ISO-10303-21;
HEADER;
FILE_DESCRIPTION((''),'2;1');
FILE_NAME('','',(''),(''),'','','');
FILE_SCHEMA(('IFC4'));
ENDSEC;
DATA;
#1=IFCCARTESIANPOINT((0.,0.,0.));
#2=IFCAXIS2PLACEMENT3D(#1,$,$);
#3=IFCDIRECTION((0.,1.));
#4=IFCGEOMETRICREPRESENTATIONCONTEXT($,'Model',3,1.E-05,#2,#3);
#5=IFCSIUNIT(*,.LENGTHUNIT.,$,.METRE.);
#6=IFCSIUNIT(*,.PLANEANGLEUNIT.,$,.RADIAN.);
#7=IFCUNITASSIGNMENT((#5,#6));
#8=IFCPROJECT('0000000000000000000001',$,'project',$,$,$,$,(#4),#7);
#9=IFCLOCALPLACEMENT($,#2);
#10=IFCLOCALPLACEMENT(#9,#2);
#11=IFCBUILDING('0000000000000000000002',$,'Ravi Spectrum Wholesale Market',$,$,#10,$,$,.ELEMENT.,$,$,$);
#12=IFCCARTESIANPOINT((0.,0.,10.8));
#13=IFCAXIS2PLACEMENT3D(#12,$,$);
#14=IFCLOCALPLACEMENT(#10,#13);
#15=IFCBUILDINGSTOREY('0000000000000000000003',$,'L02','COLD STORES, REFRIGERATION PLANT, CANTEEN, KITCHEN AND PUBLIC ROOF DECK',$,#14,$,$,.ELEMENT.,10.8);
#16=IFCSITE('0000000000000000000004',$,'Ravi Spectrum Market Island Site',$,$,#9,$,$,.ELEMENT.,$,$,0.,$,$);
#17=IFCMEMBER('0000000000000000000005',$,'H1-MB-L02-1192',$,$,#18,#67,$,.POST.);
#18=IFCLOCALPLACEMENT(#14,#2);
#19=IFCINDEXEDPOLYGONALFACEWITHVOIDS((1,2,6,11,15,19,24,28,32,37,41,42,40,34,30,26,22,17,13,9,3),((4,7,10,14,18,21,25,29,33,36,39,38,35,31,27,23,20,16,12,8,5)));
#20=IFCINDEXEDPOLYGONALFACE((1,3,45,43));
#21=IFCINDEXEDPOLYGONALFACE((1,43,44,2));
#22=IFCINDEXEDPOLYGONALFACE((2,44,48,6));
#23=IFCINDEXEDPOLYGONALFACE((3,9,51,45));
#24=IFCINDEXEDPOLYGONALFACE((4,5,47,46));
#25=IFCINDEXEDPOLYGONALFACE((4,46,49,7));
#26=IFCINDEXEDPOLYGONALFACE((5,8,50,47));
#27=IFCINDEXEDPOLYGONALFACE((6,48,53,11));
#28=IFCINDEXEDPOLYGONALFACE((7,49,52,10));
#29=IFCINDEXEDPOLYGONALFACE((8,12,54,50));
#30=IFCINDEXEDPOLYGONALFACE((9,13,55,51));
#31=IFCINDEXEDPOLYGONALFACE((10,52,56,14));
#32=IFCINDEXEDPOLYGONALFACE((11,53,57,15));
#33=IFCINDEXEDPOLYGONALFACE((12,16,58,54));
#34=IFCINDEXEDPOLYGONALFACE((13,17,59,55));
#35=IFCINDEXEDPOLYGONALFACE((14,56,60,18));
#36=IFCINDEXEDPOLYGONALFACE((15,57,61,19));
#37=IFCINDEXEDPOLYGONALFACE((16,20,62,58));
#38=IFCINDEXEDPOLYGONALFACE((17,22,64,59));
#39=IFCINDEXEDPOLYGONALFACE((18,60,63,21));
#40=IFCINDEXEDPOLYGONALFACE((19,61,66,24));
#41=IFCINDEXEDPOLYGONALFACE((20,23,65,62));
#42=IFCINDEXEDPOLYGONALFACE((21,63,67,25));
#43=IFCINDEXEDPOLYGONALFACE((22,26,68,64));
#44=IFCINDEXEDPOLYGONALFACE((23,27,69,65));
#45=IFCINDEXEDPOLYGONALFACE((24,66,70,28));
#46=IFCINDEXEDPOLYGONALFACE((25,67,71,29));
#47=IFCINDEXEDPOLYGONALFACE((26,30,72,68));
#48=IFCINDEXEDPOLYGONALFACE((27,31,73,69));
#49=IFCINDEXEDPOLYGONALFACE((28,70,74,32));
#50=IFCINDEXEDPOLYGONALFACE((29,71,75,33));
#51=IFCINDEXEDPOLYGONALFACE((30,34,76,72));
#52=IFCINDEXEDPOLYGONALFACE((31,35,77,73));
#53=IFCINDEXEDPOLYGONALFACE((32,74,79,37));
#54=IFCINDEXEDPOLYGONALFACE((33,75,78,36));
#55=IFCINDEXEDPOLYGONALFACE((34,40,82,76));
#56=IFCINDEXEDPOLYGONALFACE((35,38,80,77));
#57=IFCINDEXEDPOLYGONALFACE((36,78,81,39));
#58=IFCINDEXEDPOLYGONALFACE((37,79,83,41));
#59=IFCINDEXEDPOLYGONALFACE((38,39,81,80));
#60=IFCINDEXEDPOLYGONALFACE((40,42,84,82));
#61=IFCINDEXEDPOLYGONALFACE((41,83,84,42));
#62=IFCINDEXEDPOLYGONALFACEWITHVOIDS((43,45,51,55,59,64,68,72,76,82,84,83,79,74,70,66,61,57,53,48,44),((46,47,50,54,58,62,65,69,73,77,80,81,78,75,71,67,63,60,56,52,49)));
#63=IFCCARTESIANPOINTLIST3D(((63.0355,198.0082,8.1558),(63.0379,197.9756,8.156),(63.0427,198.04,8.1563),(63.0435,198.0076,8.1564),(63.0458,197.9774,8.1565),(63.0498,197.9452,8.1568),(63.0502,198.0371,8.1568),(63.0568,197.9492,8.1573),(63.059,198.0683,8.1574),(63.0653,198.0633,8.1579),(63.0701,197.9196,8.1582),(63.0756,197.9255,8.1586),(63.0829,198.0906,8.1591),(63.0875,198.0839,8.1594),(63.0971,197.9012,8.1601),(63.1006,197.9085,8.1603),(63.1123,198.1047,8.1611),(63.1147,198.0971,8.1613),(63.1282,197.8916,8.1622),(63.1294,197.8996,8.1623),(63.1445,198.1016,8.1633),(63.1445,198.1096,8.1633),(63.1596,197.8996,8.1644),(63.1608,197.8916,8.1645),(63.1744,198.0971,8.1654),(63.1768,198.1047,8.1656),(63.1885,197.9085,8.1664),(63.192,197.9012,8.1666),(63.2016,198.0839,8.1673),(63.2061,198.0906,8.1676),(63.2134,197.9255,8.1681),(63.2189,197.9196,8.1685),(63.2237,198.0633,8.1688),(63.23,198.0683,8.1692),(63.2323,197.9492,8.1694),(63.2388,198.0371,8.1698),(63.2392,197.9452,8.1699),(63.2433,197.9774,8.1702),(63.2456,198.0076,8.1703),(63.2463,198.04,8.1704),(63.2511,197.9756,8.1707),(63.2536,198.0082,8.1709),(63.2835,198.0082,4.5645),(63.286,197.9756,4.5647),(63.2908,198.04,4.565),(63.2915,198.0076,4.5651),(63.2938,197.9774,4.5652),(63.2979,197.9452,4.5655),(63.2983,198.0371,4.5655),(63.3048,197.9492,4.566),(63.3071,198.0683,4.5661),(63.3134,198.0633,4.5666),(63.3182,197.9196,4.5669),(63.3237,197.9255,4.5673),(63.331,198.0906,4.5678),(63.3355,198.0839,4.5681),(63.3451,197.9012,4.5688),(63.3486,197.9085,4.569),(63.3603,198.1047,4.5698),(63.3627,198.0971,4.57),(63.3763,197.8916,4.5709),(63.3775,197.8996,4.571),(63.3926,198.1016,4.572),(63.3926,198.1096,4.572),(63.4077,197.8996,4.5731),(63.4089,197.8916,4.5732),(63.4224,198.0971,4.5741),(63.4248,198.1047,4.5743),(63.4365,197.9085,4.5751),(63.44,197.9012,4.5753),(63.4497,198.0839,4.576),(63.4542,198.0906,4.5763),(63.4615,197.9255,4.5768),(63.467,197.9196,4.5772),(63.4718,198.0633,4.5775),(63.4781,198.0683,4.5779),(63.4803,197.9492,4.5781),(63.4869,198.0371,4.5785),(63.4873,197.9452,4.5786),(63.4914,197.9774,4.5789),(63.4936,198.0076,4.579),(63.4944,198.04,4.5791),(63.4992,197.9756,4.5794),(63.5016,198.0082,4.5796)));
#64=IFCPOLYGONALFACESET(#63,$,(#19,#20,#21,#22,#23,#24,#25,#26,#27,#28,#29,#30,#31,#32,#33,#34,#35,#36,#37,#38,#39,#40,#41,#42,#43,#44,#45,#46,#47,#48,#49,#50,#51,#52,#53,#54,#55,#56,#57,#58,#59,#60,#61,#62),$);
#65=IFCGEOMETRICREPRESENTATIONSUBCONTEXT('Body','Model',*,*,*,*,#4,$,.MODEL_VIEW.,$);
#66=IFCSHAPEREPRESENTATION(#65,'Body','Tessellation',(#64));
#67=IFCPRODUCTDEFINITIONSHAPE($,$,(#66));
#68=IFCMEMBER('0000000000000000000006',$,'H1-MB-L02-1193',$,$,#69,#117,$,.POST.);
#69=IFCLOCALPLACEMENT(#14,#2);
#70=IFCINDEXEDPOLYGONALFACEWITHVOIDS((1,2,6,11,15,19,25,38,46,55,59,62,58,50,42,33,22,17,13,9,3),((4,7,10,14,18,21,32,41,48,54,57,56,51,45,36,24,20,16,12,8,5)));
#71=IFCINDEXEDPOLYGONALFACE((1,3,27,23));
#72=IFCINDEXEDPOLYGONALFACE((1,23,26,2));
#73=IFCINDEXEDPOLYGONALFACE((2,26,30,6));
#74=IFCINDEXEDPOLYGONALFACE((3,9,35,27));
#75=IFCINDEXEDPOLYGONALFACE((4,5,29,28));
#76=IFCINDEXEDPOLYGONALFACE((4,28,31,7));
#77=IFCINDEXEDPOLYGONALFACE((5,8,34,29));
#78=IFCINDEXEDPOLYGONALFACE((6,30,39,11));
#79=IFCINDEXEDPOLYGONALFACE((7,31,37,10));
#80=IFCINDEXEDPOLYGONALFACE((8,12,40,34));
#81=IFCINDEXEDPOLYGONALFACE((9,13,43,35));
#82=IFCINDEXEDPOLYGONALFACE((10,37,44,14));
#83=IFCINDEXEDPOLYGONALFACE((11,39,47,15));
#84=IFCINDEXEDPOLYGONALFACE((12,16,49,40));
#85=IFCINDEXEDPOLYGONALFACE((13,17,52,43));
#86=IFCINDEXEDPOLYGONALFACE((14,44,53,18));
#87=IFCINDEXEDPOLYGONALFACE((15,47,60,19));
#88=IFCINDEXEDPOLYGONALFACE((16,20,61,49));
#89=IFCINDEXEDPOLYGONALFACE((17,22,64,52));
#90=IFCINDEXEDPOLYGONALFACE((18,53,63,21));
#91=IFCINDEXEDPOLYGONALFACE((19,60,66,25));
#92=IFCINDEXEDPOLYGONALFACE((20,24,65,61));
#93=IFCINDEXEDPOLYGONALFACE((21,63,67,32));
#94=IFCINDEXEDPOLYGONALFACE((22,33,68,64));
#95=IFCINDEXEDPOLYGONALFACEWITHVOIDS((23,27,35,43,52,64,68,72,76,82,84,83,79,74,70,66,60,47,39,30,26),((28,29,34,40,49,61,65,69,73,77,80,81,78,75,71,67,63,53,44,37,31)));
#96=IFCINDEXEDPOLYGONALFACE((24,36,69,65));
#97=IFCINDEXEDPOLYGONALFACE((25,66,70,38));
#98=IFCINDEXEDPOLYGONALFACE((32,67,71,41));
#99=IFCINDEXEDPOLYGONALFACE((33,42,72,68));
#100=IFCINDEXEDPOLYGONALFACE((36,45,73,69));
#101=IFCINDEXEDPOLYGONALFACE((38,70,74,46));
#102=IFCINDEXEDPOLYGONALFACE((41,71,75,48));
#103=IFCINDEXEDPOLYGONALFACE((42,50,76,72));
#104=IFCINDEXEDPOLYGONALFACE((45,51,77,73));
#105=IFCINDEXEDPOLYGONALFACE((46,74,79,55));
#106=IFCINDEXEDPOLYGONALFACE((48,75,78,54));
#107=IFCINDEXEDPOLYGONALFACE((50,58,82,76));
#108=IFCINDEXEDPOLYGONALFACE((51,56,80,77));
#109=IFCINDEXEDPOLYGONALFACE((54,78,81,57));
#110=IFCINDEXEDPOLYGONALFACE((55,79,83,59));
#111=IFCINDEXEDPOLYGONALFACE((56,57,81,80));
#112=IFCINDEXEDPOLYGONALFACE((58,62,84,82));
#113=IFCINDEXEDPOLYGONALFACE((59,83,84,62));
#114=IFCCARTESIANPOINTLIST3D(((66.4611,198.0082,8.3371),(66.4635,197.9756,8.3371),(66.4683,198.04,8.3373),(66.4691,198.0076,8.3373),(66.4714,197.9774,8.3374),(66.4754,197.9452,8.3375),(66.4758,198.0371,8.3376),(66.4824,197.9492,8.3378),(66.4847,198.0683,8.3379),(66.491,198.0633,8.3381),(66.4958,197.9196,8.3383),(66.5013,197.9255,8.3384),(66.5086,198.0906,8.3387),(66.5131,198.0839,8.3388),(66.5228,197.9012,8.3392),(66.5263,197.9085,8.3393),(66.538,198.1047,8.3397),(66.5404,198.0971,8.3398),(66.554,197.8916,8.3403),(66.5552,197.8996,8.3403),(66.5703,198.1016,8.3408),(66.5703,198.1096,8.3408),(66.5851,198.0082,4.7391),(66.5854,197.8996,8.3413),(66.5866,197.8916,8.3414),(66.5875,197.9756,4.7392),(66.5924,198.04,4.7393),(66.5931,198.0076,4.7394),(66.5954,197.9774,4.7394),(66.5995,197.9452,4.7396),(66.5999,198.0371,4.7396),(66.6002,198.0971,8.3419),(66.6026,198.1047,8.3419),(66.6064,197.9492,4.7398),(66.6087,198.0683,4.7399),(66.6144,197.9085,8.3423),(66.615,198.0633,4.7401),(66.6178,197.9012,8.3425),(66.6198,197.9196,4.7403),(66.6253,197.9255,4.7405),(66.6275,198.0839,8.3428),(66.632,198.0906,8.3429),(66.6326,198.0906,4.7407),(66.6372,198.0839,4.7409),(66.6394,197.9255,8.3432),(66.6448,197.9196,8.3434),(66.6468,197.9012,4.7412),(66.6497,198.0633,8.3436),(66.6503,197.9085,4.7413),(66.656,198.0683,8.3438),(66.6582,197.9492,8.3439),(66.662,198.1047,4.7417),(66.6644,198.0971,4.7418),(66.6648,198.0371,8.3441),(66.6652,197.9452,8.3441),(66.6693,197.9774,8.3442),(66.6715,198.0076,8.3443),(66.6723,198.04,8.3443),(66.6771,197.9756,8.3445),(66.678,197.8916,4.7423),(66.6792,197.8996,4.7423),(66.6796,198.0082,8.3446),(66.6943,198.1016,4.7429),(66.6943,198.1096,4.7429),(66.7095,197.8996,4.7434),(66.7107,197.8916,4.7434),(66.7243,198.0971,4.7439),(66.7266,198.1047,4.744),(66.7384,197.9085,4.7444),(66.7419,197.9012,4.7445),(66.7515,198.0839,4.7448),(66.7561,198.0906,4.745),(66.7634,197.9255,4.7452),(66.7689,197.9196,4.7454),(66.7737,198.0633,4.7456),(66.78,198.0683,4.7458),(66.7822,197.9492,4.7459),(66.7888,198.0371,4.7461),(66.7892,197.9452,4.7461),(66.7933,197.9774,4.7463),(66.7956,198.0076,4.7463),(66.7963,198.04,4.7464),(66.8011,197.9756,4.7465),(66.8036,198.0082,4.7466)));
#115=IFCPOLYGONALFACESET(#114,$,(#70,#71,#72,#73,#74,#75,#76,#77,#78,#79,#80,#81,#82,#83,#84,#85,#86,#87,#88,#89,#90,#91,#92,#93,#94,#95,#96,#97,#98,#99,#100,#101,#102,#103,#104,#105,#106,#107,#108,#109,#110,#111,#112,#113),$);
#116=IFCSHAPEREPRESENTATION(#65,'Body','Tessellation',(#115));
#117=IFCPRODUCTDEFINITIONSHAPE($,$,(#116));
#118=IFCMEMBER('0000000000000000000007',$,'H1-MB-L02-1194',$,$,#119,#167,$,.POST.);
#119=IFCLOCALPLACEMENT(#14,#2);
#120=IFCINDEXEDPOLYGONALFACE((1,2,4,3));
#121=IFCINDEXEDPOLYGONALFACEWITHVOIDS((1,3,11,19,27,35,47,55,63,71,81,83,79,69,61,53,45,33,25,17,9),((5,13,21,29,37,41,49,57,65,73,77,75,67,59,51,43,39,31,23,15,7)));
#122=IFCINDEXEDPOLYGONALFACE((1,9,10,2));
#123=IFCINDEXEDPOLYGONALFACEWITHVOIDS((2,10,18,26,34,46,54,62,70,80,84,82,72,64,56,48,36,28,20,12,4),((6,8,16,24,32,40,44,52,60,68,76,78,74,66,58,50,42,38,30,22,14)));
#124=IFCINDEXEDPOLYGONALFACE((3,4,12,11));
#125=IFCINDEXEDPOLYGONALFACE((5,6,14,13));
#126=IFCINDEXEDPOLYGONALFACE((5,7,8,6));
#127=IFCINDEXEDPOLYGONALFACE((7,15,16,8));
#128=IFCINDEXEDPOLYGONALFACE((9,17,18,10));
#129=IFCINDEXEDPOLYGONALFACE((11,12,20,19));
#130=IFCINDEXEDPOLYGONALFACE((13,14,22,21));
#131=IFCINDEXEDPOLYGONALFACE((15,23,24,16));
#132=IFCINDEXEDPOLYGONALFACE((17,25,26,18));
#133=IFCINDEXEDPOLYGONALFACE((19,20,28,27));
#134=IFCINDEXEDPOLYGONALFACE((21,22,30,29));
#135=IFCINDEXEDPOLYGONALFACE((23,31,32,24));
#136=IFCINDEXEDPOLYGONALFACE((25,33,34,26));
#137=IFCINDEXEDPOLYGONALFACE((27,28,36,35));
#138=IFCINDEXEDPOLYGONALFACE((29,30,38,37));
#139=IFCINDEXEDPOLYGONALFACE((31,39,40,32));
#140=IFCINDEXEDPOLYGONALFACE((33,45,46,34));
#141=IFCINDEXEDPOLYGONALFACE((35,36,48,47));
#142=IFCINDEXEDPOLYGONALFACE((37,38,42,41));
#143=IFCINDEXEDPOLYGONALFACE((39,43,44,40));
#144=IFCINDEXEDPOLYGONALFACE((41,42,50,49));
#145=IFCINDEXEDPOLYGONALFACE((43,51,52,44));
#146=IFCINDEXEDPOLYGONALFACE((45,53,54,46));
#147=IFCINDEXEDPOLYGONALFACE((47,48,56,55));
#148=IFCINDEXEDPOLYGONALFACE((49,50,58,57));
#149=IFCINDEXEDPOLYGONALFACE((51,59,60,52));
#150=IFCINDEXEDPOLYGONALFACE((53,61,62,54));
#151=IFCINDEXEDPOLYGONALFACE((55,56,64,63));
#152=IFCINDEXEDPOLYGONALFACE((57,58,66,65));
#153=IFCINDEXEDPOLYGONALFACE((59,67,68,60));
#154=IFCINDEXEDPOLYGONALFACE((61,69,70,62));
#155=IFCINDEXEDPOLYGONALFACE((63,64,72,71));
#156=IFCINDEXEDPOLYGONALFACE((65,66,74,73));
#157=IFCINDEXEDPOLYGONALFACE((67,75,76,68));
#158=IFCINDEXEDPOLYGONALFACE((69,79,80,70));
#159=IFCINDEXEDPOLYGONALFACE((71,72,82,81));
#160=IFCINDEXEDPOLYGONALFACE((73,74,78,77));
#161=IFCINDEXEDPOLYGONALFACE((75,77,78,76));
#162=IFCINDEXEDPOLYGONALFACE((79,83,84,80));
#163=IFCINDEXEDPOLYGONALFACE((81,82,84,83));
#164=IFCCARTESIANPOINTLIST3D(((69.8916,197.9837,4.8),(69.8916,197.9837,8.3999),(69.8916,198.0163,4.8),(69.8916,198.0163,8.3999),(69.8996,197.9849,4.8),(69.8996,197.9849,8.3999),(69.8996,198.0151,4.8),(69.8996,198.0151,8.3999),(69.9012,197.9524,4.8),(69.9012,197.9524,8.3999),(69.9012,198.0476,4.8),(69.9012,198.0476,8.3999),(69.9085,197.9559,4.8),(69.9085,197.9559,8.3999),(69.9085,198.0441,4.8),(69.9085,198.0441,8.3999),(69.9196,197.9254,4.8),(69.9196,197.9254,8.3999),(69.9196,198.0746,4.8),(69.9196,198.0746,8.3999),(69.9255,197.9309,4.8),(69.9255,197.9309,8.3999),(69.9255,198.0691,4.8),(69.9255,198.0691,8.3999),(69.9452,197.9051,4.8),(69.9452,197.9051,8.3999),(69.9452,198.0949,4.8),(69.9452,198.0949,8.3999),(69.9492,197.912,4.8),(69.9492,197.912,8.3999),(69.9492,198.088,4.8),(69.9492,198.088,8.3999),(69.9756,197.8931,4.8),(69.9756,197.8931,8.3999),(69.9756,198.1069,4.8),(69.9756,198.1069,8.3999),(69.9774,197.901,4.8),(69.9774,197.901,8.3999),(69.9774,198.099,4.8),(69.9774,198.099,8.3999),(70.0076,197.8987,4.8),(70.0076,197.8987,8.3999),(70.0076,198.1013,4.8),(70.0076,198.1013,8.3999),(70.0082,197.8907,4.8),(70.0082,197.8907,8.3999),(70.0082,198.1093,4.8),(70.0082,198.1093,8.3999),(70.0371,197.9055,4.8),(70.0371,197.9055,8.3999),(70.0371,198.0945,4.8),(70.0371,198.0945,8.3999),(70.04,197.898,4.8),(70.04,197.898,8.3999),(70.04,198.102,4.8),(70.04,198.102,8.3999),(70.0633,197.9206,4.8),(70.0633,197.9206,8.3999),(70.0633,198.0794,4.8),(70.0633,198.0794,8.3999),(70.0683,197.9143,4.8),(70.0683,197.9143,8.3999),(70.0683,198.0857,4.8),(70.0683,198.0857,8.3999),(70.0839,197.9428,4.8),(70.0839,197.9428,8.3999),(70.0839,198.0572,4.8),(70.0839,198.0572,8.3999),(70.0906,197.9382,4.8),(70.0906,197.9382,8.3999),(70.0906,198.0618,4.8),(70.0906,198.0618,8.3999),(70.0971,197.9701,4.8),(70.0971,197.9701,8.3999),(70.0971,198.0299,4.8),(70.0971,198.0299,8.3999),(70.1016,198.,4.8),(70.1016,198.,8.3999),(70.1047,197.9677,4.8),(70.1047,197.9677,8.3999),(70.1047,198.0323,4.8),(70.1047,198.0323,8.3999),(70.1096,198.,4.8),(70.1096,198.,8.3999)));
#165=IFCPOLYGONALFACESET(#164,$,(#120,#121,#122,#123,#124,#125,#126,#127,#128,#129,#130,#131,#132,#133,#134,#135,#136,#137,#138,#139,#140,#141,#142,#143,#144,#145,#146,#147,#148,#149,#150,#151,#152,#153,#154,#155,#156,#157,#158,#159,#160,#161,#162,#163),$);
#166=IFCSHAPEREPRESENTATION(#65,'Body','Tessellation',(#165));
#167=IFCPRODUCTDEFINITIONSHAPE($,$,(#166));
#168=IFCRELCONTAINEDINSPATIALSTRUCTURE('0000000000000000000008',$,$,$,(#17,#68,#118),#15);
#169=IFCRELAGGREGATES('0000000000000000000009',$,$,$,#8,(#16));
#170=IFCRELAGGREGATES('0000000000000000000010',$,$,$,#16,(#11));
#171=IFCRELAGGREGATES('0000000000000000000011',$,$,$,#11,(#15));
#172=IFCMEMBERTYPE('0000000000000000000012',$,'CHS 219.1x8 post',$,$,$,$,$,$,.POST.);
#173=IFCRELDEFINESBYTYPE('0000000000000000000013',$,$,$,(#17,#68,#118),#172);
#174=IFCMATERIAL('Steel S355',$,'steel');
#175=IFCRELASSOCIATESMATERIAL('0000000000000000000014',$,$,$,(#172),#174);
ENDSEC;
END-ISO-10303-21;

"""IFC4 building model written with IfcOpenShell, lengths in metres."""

from ifc_helpers import new_model, si_unit, direction, frame, origin, origin_2d, place, context, subcontext, project, spatial, hollow_circle, extrude, material, material_profile, profile_set, type_object, element, save


model = new_model("IFC4")

# Units and contexts
model_context = context("Model", 3, precision=1e-05, world=origin(), true_north=direction((0.0, 1.0)))
body_context = subcontext(model_context, "Body", "Model", "MODEL_VIEW")
ifc_project = project(units=[si_unit("LENGTHUNIT", "METRE"), si_unit("PLANEANGLEUNIT", "RADIAN")], contexts=[model_context])

# Site, building, storey
site_placement = place(None, origin())
site = spatial("IfcSite", under=ifc_project, at=site_placement, Name="Ravi Spectrum Market Island Site", CompositionType="ELEMENT", RefElevation=0.0)
building_placement = place(site_placement, origin())
building = spatial("IfcBuilding", under=site, at=building_placement, Name="Ravi Spectrum Wholesale Market", CompositionType="ELEMENT")
storey_placement = place(building_placement, frame((0.0, 0.0, 10.8)))
storey = spatial("IfcBuildingStorey", under=building, at=storey_placement, Name="L02", Description="COLD STORES, REFRIGERATION PLANT, CANTEEN, KITCHEN AND PUBLIC ROOF DECK", CompositionType="ELEMENT", Elevation=10.8)

# Members
ifc_material_1 = material(Name="Steel S355", Category="steel")
ifc_material_profile_1 = material_profile(ifc_material_1, hollow_circle(Radius=0.1096, WallThickness=0.0081, at=origin_2d()))
ifc_profile_set_1 = profile_set([ifc_material_profile_1], Name="Steel S355")
member_type_1 = type_object("IfcMemberType", Name="CHS 219.1x8 post", PredefinedType="POST", material=ifc_profile_set_1)
member_1_placement = place(storey_placement, frame((63.1445, 198.0, 8.1633), z_axis=(0.068905, 0.0, -0.997623), x_axis=(0.0, 1.0, 0.0)))
element("IfcMember", 1, at=member_1_placement, inside=storey, type_object=member_type_1, Name="H1-MB-L02-1192", PredefinedType="POST", context=body_context, shape_type="SweptSolid", body=[
    extrude(hollow_circle(Radius=0.1096, WallThickness=0.0081, at=origin_2d()), origin(), (0.0, 0.0, 1.0), 3.5999),
])
member_2_placement = place(storey_placement, frame((66.5703, 198.0, 8.3408), z_axis=(0.034451, 0.0, -0.999406), x_axis=(0.0, 1.0, 0.0)))
element("IfcMember", 2, at=member_2_placement, inside=storey, type_object=member_type_1, Name="H1-MB-L02-1193", PredefinedType="POST", context=body_context, shape_type="SweptSolid", body=[
    extrude(hollow_circle(Radius=0.1096, WallThickness=0.0081, at=origin_2d()), origin(), (0.0, 0.0, 1.0), 3.6001),
])
member_3_placement = place(storey_placement, frame((70.0, 198.0, 8.3999), z_axis=(0.0, 0.0, -1.0), x_axis=(1.0, 0.0, 0.0)))
element("IfcMember", 3, at=member_3_placement, inside=storey, type_object=member_type_1, Name="H1-MB-L02-1194", PredefinedType="POST", context=body_context, shape_type="SweptSolid", body=[
    extrude(hollow_circle(Radius=0.1096, WallThickness=0.0081, at=origin_2d()), origin(), (0.0, 0.0, 1.0), 3.5999),
])

save(model, "model.ifc")
